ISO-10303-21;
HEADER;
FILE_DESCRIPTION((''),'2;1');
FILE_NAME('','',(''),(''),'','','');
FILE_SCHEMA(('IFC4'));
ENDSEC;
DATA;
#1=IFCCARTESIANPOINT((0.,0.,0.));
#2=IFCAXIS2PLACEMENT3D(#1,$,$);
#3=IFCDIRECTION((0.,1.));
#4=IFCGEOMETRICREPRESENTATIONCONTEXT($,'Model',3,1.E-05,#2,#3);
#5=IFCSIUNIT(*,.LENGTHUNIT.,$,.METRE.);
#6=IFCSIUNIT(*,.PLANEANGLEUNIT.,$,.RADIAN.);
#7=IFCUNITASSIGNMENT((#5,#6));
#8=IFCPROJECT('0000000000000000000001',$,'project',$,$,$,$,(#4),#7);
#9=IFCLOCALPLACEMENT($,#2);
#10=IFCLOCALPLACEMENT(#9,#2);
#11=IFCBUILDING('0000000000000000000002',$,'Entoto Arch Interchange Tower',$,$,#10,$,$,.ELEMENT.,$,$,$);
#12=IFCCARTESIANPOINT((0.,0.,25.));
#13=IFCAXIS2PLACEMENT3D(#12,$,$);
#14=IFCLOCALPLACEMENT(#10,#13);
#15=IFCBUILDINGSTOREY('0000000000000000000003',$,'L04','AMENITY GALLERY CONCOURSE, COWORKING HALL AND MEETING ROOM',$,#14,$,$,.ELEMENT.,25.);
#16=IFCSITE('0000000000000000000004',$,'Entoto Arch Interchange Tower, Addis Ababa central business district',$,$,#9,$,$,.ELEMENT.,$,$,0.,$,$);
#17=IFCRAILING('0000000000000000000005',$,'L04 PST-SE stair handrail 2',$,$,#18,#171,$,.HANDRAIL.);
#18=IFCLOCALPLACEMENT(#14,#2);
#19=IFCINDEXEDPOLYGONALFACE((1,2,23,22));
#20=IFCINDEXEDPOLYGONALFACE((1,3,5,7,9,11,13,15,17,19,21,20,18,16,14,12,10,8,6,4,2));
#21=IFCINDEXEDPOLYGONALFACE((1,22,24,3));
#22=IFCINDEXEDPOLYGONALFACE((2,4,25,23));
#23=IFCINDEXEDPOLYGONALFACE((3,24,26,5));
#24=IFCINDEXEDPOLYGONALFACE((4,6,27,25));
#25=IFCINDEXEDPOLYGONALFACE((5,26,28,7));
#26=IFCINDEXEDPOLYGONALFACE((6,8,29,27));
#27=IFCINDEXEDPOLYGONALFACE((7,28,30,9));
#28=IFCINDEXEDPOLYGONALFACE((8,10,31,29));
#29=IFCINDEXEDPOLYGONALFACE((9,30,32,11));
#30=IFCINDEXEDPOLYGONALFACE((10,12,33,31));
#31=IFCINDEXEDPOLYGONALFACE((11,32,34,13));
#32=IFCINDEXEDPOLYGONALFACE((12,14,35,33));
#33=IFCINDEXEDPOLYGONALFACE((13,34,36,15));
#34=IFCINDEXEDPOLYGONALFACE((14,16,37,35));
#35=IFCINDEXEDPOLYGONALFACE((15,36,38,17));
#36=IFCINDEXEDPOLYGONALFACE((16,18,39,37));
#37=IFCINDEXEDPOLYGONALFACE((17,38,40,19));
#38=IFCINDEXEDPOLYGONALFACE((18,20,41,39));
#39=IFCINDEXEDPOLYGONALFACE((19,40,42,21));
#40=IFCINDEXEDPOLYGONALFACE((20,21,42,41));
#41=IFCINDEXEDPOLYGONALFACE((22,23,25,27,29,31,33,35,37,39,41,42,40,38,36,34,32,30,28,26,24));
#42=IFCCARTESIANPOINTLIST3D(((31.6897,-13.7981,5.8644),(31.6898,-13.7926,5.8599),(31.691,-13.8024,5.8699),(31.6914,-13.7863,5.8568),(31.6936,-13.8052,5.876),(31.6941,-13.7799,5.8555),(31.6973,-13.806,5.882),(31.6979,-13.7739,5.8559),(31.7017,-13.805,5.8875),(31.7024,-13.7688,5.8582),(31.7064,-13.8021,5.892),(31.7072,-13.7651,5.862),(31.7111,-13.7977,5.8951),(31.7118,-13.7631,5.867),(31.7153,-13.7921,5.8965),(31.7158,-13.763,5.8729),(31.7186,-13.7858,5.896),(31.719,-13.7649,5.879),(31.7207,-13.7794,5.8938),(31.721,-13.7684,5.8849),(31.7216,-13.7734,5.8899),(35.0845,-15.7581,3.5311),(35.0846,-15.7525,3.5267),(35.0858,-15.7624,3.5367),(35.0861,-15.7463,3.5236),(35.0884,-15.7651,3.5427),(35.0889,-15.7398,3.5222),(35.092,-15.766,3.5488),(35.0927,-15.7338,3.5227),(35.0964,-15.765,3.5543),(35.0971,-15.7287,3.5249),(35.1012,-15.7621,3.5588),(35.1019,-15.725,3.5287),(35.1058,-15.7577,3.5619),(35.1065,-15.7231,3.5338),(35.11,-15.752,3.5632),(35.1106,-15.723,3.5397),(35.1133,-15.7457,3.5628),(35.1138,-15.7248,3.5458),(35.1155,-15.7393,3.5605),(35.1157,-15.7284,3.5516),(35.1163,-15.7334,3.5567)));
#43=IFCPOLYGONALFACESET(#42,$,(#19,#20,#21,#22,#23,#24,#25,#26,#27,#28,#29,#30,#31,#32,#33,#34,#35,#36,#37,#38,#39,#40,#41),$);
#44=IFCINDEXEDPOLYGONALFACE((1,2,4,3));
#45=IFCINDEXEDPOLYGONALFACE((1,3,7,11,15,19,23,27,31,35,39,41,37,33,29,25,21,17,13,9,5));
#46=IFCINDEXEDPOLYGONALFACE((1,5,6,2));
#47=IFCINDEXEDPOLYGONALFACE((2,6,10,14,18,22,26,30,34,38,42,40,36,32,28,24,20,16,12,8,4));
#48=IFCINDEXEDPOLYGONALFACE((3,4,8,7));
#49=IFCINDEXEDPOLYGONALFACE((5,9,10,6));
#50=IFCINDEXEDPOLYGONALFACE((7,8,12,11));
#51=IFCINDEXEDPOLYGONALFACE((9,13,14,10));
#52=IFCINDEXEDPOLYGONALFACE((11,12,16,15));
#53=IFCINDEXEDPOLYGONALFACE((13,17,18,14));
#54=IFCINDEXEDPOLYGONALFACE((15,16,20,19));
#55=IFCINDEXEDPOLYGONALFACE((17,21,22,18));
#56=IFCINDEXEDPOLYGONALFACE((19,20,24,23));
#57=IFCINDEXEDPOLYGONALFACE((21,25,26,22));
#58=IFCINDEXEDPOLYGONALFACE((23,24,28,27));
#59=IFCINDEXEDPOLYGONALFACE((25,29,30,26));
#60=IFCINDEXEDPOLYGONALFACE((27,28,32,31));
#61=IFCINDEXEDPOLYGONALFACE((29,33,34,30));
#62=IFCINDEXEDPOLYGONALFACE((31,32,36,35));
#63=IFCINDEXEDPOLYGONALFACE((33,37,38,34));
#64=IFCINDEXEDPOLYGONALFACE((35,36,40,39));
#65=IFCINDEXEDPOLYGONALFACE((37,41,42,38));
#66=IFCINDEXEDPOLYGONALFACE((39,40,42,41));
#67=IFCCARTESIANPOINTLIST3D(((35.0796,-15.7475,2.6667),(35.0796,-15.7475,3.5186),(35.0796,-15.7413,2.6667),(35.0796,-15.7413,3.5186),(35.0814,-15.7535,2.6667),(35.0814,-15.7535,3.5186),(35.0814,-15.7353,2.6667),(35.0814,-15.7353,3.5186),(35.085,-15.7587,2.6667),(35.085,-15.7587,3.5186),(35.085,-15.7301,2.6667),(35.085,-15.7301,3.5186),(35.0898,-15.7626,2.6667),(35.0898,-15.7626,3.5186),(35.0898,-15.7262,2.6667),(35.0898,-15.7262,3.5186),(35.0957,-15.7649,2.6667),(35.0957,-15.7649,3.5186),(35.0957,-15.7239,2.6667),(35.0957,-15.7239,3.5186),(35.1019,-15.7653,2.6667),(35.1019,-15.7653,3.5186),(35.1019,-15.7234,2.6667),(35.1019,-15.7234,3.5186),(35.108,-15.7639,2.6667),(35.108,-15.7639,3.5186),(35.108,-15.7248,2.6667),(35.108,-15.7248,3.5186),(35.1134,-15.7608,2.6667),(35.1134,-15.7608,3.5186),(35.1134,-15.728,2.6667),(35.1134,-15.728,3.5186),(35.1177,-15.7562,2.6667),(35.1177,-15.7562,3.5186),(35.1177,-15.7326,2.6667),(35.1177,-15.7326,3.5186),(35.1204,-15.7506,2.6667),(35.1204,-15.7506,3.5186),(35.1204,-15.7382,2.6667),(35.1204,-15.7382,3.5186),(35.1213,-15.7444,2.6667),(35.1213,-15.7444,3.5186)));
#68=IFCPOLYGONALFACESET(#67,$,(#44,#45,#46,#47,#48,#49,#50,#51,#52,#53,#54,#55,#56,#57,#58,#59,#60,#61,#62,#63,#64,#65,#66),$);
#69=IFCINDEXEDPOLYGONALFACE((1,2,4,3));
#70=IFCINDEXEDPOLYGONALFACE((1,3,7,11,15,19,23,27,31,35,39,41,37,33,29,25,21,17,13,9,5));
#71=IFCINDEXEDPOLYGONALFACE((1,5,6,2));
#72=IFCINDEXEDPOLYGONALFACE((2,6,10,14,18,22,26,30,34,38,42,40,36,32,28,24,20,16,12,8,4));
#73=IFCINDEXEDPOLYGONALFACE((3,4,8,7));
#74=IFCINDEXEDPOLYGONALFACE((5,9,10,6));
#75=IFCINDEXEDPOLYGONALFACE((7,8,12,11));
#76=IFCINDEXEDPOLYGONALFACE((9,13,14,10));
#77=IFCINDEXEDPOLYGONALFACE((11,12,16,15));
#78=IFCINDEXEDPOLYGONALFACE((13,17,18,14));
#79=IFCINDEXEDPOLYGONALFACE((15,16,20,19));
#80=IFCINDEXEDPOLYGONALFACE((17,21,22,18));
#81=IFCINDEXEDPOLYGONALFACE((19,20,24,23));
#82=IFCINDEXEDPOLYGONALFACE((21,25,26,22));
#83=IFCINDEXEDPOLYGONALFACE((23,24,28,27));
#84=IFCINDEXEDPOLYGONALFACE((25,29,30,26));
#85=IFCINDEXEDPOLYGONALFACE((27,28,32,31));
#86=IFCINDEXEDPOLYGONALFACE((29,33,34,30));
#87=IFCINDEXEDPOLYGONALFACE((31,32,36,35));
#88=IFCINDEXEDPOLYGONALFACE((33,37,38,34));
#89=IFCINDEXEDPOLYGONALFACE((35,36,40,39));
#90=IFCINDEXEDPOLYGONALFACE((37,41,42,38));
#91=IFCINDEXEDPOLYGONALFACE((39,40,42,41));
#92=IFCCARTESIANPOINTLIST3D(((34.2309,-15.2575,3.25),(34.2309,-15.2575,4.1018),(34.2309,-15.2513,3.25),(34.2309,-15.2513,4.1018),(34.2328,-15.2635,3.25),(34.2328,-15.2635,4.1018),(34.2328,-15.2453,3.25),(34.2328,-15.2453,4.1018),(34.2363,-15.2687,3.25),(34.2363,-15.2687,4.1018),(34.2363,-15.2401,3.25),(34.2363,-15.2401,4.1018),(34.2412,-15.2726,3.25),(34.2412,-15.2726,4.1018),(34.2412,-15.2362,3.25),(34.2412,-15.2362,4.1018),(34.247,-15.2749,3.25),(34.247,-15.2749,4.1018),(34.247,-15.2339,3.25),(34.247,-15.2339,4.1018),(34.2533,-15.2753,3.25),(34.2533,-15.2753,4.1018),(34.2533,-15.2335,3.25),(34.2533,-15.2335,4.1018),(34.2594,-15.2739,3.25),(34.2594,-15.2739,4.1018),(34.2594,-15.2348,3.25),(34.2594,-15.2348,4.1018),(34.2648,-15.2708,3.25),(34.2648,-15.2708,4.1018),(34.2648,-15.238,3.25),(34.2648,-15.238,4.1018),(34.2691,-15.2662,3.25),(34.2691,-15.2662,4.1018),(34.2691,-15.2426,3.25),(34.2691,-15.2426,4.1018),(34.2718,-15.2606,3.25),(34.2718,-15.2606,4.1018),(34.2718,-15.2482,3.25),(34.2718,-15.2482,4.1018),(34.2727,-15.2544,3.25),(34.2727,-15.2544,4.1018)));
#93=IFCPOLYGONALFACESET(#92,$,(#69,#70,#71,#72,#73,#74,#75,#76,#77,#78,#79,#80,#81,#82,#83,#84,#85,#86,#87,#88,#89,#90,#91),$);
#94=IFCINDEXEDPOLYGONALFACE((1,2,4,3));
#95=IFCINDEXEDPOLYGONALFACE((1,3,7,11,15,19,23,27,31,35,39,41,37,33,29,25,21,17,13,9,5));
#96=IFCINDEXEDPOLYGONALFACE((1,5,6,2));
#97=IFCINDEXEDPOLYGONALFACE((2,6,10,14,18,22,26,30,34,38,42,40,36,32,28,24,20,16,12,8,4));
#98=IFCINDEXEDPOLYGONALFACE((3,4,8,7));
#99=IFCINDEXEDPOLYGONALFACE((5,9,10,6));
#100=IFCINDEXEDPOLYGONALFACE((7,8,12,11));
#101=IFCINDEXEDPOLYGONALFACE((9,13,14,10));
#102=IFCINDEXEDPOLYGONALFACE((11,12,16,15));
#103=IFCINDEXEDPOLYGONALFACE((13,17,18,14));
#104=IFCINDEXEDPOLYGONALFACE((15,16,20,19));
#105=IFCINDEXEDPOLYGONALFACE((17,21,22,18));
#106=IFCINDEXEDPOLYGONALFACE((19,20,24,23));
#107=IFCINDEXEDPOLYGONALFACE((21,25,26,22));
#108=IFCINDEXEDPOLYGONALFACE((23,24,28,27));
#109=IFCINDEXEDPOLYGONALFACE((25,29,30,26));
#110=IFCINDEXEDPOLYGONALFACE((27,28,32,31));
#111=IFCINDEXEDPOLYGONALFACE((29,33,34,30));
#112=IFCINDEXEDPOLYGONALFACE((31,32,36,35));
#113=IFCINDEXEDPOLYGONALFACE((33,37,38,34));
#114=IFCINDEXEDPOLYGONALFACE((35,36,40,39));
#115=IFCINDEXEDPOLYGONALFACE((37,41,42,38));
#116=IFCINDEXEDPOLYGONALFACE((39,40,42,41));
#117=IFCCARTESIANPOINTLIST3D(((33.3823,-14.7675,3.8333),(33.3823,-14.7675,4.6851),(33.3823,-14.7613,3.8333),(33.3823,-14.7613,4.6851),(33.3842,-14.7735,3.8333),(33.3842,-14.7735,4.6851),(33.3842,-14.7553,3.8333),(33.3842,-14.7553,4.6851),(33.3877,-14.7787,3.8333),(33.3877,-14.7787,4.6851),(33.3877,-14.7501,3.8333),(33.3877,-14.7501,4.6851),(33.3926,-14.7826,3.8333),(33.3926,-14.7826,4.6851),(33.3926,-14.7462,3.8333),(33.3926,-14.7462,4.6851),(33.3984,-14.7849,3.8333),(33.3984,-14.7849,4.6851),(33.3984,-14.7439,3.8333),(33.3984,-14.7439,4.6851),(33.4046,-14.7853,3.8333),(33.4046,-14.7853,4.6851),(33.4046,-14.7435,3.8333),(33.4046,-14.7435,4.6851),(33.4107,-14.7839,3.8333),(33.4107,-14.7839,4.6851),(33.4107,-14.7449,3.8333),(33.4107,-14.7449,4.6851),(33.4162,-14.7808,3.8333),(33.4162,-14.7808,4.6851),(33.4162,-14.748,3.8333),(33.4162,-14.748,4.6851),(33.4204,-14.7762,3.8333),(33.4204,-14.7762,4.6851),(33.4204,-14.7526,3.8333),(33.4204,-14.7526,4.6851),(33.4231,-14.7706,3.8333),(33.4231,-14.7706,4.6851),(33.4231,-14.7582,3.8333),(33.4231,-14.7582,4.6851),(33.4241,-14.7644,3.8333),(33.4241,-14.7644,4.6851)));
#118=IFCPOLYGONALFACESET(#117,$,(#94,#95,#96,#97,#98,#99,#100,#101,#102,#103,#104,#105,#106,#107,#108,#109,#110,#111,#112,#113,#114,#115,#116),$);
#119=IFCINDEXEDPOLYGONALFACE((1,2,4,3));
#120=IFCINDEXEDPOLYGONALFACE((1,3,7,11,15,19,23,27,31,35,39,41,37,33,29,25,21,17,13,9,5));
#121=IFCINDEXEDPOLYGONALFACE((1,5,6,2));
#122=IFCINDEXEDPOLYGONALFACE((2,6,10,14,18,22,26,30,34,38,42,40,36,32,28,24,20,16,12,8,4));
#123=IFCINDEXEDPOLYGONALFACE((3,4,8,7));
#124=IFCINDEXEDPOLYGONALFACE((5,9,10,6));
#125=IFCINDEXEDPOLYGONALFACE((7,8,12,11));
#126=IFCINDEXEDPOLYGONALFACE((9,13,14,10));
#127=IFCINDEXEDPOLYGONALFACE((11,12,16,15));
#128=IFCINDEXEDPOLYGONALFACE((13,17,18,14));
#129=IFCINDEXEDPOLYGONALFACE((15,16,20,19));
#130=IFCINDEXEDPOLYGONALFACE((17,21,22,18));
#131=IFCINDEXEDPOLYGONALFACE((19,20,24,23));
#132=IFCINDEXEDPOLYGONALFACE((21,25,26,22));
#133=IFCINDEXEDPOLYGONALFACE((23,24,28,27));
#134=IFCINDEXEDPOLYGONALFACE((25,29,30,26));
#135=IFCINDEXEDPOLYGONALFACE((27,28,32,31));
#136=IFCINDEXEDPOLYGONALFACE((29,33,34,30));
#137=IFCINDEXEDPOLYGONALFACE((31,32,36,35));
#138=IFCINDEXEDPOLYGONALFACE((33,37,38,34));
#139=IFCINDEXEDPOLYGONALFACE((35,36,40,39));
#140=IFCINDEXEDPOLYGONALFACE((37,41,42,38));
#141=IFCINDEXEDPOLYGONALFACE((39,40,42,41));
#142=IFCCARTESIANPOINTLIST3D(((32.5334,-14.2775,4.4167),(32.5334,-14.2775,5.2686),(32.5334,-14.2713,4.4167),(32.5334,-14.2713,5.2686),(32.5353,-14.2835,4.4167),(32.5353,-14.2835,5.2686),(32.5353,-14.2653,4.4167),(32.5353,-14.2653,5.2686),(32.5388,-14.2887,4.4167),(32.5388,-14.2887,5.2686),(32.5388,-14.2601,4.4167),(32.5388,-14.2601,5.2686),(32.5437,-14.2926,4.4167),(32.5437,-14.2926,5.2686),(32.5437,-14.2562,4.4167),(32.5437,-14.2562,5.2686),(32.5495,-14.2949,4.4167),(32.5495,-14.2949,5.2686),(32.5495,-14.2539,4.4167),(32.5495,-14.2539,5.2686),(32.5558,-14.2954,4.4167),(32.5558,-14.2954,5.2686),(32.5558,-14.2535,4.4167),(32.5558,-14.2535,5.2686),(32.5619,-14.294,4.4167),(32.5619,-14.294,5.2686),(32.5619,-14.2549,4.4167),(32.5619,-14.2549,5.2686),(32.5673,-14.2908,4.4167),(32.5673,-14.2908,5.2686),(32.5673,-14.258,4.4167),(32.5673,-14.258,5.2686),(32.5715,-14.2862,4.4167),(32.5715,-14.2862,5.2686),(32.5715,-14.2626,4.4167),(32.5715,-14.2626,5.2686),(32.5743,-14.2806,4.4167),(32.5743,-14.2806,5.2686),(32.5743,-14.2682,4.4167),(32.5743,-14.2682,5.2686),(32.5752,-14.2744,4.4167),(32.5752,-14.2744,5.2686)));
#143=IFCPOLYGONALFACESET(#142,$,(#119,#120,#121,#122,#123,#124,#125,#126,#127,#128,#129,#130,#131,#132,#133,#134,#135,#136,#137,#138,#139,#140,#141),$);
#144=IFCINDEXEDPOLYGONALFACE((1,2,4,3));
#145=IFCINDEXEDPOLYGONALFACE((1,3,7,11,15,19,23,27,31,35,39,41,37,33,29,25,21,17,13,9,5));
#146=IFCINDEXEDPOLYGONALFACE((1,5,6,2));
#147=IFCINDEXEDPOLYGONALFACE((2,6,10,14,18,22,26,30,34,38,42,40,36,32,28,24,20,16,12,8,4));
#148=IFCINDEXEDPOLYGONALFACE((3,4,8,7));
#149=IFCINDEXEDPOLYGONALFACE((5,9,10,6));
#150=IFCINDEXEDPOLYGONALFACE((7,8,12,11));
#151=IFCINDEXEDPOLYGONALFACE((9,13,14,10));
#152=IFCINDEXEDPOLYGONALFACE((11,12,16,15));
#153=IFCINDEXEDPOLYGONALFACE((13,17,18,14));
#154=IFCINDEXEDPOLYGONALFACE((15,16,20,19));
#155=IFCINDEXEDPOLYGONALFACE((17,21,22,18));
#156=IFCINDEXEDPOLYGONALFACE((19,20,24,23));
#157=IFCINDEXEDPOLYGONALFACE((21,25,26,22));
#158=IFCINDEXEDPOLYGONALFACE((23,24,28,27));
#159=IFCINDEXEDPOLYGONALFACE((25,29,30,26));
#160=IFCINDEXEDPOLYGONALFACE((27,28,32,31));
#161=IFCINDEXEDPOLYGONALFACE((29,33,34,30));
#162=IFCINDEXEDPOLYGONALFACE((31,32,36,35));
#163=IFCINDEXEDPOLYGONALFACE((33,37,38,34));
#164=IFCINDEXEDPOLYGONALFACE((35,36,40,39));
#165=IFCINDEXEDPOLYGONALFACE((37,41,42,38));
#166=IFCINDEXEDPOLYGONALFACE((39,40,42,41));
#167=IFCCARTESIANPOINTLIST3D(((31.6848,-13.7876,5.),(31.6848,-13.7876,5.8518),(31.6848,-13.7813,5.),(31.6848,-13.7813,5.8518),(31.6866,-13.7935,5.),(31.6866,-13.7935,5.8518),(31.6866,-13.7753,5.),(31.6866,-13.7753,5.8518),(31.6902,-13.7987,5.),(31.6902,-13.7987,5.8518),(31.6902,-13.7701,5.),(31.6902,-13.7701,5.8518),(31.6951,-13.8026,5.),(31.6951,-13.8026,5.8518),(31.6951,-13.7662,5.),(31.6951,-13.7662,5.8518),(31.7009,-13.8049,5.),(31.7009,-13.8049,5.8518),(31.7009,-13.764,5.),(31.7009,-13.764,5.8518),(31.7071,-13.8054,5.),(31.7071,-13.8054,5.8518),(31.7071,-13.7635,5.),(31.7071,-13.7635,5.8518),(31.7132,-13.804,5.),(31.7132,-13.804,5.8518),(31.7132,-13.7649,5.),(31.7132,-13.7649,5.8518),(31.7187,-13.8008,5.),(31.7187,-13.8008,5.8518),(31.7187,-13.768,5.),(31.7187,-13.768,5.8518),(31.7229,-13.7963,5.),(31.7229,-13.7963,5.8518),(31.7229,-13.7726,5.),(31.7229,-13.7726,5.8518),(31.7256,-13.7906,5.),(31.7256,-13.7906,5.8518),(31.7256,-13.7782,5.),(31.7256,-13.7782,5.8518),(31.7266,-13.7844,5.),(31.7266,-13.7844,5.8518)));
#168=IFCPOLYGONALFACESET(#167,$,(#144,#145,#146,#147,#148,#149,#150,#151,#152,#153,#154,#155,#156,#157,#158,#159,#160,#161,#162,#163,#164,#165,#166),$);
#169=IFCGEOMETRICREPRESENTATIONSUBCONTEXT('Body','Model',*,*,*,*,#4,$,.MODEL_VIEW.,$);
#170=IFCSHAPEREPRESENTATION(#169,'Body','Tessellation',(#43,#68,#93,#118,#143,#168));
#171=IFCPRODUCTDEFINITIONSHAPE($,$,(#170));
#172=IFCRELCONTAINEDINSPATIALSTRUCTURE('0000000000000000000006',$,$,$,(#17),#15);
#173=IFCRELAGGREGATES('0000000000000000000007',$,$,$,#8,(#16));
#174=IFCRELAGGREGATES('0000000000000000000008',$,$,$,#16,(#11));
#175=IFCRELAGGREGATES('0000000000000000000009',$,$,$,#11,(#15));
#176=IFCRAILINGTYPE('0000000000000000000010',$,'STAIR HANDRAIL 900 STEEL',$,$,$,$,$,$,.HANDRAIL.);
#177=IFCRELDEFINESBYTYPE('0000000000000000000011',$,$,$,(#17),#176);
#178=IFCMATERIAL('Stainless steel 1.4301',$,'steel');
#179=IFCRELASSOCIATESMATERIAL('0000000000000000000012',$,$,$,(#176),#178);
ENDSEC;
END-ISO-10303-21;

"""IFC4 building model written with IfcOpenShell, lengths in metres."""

from ifc_helpers import new_model, si_unit, direction, frame, origin, origin_2d, place, context, subcontext, project, spatial, circle, extrude, material, type_object, element, save


model = new_model("IFC4")

# Units and contexts
model_context = context("Model", 3, precision=1e-05, world=origin(), true_north=direction((0.0, 1.0)))
body_context = subcontext(model_context, "Body", "Model", "MODEL_VIEW")
ifc_project = project(units=[si_unit("LENGTHUNIT", "METRE"), si_unit("PLANEANGLEUNIT", "RADIAN")], contexts=[model_context])

# Site, building, storey
site_placement = place(None, origin())
site = spatial("IfcSite", under=ifc_project, at=site_placement, Name="Entoto Arch Interchange Tower, Addis Ababa central business district", CompositionType="ELEMENT", RefElevation=0.0)
building_placement = place(site_placement, origin())
building = spatial("IfcBuilding", under=site, at=building_placement, Name="Entoto Arch Interchange Tower", CompositionType="ELEMENT")
storey_placement = place(building_placement, frame((0.0, 0.0, 25.0)))
storey = spatial("IfcBuildingStorey", under=building, at=storey_placement, Name="L04", Description="AMENITY GALLERY CONCOURSE, COWORKING HALL AND MEETING ROOM", CompositionType="ELEMENT", Elevation=25.0)

# Railing
ifc_material_1 = material(Name="Stainless steel 1.4301", Category="steel")
railing_type_1 = type_object("IfcRailingType", Name="STAIR HANDRAIL 900 STEEL", PredefinedType="HANDRAIL", material=ifc_material_1)
railing_1_placement = place(storey_placement, frame((35.1003, -15.7444, 2.6667)))
element("IfcRailing", 1, at=railing_1_placement, inside=storey, type_object=railing_type_1, Name="L04 PST-SE stair handrail 2", PredefinedType="HANDRAIL", context=body_context, shape_type="SweptSolid", body=[
    extrude(circle(Radius=0.0239, at=origin_2d()), frame((0.0, 0.0, 0.876), z_axis=(-0.744175, 0.429646, 0.511476), x_axis=(-0.499997, -0.866027, 0.0)), (0.0, 0.0, 1.0), 4.5618),
    extrude(circle(Radius=0.021, at=origin_2d()), origin(), (0.0, 0.0, 1.0), 0.8518),
    extrude(circle(Radius=0.021, at=origin_2d()), frame((-0.8486, 0.49, 0.5833)), (0.0, 0.0, 1.0), 0.8518),
    extrude(circle(Radius=0.021, at=origin_2d()), frame((-1.6973, 0.98, 1.1665)), (0.0, 0.0, 1.0), 0.8518),
    extrude(circle(Radius=0.021, at=origin_2d()), frame((-2.5461, 1.47, 1.75)), (0.0, 0.0, 1.0), 0.8518),
    extrude(circle(Radius=0.021, at=origin_2d()), frame((-3.3948, 1.96, 2.3333)), (0.0, 0.0, 1.0), 0.8518),
])

save(model, "model.ifc")
